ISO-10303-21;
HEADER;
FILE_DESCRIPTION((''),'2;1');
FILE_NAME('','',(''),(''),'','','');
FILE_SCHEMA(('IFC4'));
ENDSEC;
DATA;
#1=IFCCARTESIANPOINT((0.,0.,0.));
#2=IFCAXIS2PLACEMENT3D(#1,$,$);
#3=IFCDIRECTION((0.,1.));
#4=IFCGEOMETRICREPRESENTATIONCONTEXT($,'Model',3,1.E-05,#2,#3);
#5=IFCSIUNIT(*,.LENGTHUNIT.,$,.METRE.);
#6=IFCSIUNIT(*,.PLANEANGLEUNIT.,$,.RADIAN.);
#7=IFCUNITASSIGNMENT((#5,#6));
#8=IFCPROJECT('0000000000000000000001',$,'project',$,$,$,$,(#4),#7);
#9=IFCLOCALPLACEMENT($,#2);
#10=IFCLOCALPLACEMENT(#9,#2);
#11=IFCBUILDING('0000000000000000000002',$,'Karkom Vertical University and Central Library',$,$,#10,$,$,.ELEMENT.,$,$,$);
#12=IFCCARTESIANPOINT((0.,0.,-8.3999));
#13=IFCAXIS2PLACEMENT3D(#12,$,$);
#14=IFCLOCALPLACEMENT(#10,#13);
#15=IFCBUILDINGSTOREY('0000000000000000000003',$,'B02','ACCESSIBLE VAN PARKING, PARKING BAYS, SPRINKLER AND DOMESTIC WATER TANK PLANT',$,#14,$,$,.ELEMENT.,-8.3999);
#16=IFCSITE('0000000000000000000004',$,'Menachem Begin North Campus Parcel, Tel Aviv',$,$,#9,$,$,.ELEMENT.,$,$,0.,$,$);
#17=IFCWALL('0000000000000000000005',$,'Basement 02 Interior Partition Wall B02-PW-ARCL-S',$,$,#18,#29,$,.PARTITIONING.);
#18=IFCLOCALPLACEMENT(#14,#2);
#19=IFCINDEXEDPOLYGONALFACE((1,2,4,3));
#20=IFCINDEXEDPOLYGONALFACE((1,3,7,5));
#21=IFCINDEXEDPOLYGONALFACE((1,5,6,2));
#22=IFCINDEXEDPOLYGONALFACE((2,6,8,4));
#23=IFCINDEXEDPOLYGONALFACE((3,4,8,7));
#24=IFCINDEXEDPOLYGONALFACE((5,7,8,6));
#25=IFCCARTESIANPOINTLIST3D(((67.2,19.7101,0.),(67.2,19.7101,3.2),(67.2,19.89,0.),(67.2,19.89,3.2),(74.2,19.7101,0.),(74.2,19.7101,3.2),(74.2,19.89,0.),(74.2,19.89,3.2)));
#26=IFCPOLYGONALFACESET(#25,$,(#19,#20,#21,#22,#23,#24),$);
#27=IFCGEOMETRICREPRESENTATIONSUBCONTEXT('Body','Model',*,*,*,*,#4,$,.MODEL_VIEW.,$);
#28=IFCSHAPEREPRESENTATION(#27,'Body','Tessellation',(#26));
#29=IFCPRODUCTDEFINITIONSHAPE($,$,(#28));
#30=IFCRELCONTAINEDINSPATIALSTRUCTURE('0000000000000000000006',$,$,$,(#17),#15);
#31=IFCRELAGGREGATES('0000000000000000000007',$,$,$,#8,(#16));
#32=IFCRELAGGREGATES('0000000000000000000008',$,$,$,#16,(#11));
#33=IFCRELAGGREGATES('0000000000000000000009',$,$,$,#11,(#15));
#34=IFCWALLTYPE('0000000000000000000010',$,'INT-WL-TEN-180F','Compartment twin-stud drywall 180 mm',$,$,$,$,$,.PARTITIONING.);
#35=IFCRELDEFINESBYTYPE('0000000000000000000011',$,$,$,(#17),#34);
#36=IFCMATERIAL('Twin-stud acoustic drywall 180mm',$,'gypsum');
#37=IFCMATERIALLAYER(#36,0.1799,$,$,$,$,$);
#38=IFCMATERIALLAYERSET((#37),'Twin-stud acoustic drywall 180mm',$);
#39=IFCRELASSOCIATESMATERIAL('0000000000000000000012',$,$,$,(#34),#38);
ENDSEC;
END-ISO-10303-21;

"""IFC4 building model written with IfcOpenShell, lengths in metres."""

from ifc_helpers import new_model, si_unit, direction, frame, frame_2d, origin, place, context, subcontext, project, spatial, rectangle, extrude, material, layer, layer_set, type_object, element, save


model = new_model("IFC4")

# Units and contexts
model_context = context("Model", 3, precision=1e-05, world=origin(), true_north=direction((0.0, 1.0)))
body_context = subcontext(model_context, "Body", "Model", "MODEL_VIEW")
ifc_project = project(units=[si_unit("LENGTHUNIT", "METRE"), si_unit("PLANEANGLEUNIT", "RADIAN")], contexts=[model_context])

# Site, building, storey
site_placement = place(None, origin())
site = spatial("IfcSite", under=ifc_project, at=site_placement, Name="Menachem Begin North Campus Parcel, Tel Aviv", CompositionType="ELEMENT", RefElevation=0.0)
building_placement = place(site_placement, origin())
building = spatial("IfcBuilding", under=site, at=building_placement, Name="Karkom Vertical University and Central Library", CompositionType="ELEMENT")
storey_placement = place(building_placement, frame((0.0, 0.0, -8.3999)))
storey = spatial("IfcBuildingStorey", under=building, at=storey_placement, Name="B02", Description="ACCESSIBLE VAN PARKING, PARKING BAYS, SPRINKLER AND DOMESTIC WATER TANK PLANT", CompositionType="ELEMENT", Elevation=-8.3999)

# Shared definitions
ifc_material_1 = material(Name="Twin-stud acoustic drywall 180mm", Category="gypsum")
ifc_layer = layer(ifc_material_1, 0.1799)
ifc_layer_set = layer_set([ifc_layer], Name="Twin-stud acoustic drywall 180mm")
wall_type = type_object("IfcWallType", Name="INT-WL-TEN-180F", Description="Compartment twin-stud drywall 180 mm", PredefinedType="PARTITIONING", material=ifc_layer_set)

# Wall
wall_1_placement = place(storey_placement, frame((67.2, 19.8, 0.0), z_axis=(0.0, 0.0, 1.0), x_axis=(1.0, 0.0, 0.0)))
element("IfcWall", 1, at=wall_1_placement, inside=storey, type_object=wall_type, Name="Basement 02 Interior Partition Wall B02-PW-ARCL-S", PredefinedType="PARTITIONING", context=body_context, shape_type="SweptSolid", body=[
    extrude(rectangle(XDim=7.0, YDim=0.1799, at=frame_2d((3.5, 0.0))), origin(), (0.0, 0.0, 1.0), 3.2),
])

save(model, "model.ifc")
